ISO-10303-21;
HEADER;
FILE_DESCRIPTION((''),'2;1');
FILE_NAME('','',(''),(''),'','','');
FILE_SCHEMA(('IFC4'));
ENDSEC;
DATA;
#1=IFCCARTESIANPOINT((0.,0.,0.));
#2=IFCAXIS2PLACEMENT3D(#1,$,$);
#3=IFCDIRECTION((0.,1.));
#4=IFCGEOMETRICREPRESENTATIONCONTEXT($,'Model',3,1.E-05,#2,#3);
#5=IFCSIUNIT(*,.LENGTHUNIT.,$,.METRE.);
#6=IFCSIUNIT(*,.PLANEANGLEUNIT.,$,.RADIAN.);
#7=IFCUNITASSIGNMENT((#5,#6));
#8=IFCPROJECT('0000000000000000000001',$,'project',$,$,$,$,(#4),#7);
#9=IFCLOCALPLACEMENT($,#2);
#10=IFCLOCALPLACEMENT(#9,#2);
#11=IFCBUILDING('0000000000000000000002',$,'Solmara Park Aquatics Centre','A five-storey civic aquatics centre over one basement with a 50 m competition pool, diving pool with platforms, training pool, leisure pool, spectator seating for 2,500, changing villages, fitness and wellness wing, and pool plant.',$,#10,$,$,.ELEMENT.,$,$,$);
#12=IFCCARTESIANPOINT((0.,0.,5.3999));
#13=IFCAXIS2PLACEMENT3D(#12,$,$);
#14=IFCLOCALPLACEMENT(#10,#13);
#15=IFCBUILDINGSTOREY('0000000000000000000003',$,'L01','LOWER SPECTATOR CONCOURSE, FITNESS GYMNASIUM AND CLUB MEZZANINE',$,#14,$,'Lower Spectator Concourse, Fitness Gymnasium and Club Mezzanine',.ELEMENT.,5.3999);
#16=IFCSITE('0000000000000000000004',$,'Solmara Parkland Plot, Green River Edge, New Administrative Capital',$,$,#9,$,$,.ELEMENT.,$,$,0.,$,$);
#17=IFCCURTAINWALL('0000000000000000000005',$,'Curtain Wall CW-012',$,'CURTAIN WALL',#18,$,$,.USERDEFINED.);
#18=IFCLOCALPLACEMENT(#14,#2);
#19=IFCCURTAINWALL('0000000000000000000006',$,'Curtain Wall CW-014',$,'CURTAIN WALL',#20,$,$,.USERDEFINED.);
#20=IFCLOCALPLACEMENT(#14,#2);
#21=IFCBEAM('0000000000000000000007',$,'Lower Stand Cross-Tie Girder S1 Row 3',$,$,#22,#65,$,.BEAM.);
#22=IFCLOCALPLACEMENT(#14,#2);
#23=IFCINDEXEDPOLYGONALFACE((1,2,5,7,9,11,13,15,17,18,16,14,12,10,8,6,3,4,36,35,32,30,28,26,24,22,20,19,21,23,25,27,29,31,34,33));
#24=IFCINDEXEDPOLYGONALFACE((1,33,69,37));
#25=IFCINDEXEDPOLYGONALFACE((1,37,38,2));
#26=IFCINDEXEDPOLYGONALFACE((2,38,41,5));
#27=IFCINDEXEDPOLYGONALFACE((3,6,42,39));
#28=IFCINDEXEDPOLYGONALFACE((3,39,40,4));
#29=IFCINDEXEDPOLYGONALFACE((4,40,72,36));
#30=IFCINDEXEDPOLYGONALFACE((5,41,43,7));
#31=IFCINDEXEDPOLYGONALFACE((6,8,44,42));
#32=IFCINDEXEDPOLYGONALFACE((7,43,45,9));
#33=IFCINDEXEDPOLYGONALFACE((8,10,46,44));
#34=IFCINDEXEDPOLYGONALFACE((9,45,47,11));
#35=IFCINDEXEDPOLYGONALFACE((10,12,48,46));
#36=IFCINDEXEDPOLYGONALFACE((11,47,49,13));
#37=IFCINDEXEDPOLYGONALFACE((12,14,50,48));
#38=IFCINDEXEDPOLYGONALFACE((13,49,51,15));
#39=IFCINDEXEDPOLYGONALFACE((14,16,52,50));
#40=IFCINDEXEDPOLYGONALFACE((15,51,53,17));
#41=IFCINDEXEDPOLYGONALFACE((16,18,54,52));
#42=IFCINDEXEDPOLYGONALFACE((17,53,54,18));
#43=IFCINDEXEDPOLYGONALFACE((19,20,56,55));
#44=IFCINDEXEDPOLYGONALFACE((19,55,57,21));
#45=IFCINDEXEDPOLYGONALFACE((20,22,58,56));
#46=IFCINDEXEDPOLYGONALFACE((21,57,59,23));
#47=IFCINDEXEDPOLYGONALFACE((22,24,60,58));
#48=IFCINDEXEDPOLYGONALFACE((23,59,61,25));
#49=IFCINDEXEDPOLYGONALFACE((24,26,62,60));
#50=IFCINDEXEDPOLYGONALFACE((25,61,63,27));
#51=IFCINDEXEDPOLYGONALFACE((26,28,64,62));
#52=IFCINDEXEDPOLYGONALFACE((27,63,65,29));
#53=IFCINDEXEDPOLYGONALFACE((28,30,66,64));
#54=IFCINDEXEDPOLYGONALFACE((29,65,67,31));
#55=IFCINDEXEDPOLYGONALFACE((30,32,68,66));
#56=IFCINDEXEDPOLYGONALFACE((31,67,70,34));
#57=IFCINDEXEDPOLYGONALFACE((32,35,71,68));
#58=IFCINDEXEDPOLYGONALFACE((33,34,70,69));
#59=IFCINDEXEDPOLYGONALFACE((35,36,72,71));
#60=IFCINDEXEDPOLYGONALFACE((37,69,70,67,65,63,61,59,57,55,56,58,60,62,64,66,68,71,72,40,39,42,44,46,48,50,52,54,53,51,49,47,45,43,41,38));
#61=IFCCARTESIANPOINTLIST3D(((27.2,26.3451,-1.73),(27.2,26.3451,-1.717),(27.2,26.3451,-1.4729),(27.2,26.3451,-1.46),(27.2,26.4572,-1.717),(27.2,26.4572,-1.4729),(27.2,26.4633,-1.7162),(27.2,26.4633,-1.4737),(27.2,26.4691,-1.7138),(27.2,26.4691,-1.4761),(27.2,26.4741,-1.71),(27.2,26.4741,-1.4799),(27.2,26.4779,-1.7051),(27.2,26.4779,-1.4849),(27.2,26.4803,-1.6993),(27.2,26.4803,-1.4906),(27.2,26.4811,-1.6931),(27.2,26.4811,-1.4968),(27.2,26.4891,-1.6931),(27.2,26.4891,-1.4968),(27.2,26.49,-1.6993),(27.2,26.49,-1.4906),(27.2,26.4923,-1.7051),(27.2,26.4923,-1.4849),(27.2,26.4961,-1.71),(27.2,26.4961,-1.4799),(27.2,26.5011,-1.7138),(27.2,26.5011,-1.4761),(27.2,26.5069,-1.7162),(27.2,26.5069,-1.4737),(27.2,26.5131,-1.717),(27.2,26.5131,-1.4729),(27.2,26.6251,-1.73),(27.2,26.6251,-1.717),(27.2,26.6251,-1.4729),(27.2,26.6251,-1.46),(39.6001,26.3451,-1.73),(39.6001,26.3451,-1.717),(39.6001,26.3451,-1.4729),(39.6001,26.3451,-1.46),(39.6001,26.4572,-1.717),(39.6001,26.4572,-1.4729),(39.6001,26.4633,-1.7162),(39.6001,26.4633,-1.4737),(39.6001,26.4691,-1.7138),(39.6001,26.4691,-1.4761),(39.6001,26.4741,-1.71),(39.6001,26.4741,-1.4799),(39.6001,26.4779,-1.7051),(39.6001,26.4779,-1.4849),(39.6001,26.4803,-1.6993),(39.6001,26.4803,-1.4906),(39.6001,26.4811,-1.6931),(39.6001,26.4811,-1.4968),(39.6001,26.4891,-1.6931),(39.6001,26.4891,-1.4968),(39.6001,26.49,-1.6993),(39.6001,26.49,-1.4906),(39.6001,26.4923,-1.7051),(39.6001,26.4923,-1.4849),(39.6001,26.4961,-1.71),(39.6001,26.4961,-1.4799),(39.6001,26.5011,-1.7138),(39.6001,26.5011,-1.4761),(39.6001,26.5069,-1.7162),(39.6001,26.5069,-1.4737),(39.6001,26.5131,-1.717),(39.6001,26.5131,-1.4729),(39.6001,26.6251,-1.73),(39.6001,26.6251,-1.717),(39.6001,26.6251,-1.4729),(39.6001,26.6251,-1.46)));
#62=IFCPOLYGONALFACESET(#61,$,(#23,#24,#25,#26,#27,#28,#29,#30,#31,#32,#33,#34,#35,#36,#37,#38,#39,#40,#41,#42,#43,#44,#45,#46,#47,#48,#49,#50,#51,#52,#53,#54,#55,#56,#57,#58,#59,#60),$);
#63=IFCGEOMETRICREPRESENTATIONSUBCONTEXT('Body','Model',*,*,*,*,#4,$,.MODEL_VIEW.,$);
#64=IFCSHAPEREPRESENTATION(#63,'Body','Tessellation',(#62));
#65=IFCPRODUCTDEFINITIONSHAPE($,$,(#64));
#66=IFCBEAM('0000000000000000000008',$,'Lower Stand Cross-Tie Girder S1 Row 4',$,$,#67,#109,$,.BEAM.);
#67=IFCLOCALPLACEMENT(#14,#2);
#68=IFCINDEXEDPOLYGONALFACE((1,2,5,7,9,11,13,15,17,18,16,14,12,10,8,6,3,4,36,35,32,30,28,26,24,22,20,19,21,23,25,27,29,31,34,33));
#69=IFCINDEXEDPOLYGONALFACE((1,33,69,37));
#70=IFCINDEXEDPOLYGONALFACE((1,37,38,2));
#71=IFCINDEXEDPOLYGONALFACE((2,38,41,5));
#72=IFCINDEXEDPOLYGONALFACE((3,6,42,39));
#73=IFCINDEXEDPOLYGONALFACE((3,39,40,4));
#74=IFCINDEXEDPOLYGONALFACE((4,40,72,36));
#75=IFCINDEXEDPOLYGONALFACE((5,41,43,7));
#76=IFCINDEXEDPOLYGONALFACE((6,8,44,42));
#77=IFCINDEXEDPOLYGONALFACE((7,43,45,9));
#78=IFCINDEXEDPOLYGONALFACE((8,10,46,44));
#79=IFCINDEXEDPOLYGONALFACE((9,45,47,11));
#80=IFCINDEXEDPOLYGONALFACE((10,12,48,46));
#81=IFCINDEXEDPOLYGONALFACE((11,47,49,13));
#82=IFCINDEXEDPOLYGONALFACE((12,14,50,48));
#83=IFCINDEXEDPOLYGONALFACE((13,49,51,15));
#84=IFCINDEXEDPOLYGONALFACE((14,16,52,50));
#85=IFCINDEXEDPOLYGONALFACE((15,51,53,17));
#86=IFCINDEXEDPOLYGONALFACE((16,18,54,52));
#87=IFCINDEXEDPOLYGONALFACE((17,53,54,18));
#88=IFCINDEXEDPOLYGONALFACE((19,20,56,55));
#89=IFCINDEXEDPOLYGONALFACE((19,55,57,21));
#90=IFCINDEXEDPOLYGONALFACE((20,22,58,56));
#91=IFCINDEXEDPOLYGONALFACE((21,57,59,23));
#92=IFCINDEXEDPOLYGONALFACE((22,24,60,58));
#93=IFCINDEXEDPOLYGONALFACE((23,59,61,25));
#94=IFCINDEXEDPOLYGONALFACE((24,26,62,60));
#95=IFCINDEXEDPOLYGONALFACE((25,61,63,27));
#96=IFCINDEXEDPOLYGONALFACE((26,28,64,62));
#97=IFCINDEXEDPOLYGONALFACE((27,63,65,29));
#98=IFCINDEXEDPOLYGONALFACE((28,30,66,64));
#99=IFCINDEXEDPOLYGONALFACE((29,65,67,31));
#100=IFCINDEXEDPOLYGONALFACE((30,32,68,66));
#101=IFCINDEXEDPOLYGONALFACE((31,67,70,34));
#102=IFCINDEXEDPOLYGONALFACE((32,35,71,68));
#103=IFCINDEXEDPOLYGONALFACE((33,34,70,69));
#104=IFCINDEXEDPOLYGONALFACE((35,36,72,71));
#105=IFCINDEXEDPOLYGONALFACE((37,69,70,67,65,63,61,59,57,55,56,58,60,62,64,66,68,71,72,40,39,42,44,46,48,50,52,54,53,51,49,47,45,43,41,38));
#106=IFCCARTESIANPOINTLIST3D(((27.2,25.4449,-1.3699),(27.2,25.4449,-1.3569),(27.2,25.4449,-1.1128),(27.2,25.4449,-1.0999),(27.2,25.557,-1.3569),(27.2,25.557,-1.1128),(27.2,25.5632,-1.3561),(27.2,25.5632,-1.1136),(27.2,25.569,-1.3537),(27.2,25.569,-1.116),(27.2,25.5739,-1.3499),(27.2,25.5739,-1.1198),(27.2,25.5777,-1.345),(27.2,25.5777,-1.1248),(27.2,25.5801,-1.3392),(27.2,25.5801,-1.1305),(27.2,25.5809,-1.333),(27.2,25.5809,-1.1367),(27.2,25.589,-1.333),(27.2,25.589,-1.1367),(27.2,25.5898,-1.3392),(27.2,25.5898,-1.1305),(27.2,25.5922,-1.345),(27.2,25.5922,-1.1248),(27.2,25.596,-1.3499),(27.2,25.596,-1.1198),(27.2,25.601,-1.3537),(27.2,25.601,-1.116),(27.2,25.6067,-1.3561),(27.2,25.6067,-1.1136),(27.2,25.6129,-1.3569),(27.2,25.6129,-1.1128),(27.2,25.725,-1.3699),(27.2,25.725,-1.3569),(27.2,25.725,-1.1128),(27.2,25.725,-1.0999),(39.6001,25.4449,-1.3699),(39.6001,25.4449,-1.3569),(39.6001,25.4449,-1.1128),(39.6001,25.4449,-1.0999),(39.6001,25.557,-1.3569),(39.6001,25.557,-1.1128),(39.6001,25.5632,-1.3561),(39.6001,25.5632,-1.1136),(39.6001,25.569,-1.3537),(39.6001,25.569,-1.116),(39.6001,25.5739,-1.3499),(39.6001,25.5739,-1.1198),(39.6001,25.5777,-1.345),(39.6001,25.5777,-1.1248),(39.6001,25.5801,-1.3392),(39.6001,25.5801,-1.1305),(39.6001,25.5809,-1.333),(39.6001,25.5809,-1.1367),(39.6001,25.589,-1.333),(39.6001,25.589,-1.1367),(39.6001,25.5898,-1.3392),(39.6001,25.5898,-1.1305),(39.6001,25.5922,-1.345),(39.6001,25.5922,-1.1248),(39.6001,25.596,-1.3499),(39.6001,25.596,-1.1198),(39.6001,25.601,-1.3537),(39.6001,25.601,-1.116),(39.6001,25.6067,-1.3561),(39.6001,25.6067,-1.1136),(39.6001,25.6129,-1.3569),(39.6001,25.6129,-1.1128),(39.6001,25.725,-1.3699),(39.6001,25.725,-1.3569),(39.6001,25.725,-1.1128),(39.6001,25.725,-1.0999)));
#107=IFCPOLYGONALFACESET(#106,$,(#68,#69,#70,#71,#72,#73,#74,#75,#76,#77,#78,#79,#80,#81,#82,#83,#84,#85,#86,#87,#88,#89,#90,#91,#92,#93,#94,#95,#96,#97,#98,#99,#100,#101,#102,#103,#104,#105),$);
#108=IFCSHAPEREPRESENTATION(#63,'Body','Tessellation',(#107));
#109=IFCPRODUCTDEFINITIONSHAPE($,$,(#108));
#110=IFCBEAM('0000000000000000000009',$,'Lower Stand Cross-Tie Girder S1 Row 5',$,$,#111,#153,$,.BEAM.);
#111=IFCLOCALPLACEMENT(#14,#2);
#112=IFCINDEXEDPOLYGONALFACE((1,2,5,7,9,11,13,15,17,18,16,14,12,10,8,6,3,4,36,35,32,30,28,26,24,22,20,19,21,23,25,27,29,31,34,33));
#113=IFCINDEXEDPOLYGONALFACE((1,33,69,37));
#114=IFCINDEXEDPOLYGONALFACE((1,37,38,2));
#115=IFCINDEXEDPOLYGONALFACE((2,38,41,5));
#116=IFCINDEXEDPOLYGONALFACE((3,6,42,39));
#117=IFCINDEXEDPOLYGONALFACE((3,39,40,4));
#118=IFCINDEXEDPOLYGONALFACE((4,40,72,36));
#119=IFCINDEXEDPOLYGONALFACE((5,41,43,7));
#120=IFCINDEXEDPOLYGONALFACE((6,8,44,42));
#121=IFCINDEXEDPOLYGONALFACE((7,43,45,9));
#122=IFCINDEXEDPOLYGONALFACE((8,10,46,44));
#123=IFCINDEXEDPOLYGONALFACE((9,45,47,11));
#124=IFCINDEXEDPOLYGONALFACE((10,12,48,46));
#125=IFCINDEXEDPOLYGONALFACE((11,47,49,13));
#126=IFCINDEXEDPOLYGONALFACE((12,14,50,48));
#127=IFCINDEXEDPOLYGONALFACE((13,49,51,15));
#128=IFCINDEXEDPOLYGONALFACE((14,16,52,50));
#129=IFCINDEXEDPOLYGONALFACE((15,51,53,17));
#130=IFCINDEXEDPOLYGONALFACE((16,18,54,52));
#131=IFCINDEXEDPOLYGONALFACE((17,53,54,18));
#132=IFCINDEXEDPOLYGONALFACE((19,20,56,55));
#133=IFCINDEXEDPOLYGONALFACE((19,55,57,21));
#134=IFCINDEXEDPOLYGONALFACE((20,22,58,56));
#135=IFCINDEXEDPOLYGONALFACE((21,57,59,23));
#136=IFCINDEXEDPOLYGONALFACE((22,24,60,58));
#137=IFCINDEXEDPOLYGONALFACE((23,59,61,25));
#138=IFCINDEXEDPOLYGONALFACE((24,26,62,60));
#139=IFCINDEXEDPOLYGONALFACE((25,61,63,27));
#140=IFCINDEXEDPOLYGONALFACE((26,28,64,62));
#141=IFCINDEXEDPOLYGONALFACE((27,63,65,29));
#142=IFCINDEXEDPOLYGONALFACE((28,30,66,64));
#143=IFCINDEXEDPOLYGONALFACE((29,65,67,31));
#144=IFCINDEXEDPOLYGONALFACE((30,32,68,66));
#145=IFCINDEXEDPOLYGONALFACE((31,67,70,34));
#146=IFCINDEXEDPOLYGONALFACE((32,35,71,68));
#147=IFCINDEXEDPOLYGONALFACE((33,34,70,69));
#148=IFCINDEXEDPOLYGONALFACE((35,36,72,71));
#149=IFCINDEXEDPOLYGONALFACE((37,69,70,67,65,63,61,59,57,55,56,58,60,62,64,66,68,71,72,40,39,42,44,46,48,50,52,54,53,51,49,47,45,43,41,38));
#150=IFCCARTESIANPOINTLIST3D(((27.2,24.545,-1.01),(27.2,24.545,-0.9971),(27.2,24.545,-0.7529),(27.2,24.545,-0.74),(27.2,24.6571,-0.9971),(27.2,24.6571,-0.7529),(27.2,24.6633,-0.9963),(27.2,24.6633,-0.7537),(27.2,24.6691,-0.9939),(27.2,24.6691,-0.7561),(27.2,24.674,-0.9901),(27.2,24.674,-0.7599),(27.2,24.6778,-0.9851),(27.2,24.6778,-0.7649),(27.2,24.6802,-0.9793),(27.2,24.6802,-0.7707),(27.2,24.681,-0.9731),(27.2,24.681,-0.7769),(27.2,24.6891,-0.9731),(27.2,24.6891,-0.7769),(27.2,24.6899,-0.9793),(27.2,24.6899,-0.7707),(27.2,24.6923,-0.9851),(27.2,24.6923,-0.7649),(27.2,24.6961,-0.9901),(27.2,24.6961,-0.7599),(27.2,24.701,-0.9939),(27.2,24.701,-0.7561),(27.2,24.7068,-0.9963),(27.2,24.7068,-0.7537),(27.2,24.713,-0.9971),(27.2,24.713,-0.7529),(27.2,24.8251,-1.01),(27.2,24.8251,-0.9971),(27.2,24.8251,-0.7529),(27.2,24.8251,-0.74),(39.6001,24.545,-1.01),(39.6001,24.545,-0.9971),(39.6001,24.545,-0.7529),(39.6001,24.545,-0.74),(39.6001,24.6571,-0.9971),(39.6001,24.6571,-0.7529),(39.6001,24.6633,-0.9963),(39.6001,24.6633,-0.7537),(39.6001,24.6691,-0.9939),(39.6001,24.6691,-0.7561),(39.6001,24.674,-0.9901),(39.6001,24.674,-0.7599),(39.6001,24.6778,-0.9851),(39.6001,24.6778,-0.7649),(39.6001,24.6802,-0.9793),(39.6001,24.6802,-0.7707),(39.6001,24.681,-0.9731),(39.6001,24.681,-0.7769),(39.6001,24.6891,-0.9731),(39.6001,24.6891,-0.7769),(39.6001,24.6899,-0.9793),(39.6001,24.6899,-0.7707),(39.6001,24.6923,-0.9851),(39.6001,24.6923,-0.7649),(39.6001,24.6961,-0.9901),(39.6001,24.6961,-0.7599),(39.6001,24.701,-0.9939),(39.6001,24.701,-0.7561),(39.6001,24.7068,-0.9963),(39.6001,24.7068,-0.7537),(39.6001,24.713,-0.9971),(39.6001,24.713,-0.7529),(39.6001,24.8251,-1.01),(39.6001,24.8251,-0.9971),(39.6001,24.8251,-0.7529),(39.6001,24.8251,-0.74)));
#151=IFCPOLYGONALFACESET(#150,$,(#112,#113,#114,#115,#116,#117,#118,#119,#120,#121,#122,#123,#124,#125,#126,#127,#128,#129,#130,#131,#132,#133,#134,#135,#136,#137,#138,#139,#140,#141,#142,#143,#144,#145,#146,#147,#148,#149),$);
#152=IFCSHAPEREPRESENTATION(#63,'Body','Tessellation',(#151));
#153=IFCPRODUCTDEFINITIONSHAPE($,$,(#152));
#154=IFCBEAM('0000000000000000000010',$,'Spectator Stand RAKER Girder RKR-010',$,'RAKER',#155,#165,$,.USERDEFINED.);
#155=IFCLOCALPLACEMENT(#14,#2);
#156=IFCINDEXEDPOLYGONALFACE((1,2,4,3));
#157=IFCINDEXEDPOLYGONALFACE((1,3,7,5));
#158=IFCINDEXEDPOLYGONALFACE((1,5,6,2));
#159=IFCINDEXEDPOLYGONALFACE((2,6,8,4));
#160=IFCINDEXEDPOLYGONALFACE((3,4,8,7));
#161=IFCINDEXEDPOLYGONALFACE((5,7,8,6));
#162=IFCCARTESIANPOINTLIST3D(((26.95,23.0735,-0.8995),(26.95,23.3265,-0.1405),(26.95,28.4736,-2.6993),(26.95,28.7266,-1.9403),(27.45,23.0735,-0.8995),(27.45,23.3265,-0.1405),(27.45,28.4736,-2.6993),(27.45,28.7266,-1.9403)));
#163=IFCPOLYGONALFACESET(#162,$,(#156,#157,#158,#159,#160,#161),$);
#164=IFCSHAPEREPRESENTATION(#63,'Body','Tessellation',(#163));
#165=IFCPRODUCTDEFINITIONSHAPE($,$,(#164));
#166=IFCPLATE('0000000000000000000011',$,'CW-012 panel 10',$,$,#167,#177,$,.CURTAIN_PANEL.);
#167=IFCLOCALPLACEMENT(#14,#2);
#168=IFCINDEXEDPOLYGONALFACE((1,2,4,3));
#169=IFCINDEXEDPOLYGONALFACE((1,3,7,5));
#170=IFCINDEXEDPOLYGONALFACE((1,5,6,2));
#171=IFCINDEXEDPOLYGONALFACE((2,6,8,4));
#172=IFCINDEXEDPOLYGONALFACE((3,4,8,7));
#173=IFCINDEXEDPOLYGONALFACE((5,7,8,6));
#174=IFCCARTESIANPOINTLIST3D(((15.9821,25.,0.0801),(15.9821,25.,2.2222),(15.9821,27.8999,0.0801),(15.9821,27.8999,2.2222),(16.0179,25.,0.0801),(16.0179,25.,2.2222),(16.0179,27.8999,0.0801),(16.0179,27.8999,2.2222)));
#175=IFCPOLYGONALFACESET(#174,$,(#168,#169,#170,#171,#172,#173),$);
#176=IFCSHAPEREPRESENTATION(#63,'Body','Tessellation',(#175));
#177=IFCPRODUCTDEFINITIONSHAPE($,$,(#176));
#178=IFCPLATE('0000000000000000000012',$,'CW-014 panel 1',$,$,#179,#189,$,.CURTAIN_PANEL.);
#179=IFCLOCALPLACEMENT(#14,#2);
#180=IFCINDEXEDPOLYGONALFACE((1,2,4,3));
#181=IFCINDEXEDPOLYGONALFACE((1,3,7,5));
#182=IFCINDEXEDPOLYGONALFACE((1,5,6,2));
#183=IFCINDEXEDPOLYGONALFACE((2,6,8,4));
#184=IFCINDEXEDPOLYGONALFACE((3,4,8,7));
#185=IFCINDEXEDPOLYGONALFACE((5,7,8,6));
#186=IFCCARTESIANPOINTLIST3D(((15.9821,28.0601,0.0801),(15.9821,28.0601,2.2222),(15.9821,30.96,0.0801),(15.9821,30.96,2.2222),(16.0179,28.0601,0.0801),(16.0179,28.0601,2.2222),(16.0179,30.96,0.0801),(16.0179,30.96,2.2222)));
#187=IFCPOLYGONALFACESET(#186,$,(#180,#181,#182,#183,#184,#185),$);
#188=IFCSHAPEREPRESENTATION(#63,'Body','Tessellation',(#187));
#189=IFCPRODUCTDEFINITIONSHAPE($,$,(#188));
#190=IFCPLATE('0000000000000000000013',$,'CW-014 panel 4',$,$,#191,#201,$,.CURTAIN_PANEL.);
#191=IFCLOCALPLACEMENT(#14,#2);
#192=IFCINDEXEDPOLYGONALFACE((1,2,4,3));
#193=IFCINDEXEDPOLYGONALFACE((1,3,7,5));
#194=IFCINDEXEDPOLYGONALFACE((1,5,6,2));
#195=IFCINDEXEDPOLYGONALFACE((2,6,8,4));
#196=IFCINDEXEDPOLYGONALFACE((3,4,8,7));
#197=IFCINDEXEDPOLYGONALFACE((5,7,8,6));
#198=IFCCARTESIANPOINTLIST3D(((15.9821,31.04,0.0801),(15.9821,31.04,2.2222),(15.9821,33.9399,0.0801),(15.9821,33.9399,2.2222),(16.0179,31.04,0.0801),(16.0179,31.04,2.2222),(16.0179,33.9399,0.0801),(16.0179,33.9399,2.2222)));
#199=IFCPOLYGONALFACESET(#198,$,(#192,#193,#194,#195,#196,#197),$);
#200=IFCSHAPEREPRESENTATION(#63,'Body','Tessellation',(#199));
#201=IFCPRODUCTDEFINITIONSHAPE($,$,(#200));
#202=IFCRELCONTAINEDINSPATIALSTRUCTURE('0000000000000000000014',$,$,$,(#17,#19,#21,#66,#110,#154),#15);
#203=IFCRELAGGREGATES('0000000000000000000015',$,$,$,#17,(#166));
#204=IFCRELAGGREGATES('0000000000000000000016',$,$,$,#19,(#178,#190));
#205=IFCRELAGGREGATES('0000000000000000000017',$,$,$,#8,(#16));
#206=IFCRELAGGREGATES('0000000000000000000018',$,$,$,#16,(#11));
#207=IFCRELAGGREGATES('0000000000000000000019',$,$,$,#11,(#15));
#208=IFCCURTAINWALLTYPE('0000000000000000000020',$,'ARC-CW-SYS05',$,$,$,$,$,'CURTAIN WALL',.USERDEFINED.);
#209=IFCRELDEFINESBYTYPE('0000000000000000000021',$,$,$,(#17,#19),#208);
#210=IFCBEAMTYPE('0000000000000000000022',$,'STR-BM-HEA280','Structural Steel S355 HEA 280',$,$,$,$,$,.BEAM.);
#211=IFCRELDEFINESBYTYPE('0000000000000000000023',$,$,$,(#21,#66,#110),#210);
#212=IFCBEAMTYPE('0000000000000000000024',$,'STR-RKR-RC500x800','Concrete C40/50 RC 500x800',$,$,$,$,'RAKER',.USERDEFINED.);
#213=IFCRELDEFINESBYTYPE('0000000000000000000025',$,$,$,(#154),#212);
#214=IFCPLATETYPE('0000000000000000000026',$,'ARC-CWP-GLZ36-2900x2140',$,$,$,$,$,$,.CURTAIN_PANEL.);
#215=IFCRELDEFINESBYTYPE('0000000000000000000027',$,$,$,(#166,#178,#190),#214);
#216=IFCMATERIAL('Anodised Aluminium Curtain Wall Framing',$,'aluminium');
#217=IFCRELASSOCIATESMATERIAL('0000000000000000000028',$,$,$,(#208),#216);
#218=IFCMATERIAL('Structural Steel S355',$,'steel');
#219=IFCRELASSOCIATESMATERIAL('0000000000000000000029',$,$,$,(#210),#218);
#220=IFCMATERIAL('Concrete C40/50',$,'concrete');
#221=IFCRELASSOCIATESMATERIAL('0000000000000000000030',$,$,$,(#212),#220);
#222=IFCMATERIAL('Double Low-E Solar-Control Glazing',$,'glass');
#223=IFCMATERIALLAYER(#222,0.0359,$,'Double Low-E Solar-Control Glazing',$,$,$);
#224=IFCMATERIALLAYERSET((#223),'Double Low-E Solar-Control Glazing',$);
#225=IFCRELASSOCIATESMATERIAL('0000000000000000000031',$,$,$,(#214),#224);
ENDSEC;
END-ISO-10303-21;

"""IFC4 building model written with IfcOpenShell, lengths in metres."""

from ifc_helpers import new_model, si_unit, direction, frame, origin, origin_2d, place, context, subcontext, project, spatial, rectangle, i_section, extrude, material, layer, layer_set, material_profile, profile_set, type_object, element, aggregate, save


model = new_model("IFC4")

# Units and contexts
model_context = context("Model", 3, precision=1e-05, world=origin(), true_north=direction((0.0, 1.0)))
body_context = subcontext(model_context, "Body", "Model", "MODEL_VIEW")
ifc_project = project(units=[si_unit("LENGTHUNIT", "METRE"), si_unit("PLANEANGLEUNIT", "RADIAN")], contexts=[model_context])

# Site, building, storey
site_placement = place(None, origin())
site = spatial("IfcSite", under=ifc_project, at=site_placement, Name="Solmara Parkland Plot, Green River Edge, New Administrative Capital", CompositionType="ELEMENT", RefElevation=0.0)
building_placement = place(site_placement, origin())
building = spatial("IfcBuilding", under=site, at=building_placement, Name="Solmara Park Aquatics Centre", Description="A five-storey civic aquatics centre over one basement with a 50 m competition pool, diving pool with platforms, training pool, leisure pool, spectator seating for 2,500, changing villages, fitness and wellness wing, and pool plant.", CompositionType="ELEMENT")
storey_placement = place(building_placement, frame((0.0, 0.0, 5.3999)))
storey = spatial("IfcBuildingStorey", under=building, at=storey_placement, Name="L01", Description="LOWER SPECTATOR CONCOURSE, FITNESS GYMNASIUM AND CLUB MEZZANINE", LongName="Lower Spectator Concourse, Fitness Gymnasium and Club Mezzanine", CompositionType="ELEMENT", Elevation=5.3999)

# Shared definitions
ifc_material_1 = material(Name="Structural Steel S355", Category="steel")

# Curtain walls
ifc_material_2 = material(Name="Anodised Aluminium Curtain Wall Framing", Category="aluminium")
curtain_wall_type = type_object("IfcCurtainWallType", Name="ARC-CW-SYS05", ElementType="CURTAIN WALL", PredefinedType="USERDEFINED", material=ifc_material_2)
curtain_wall_1_placement = place(storey_placement, origin())
curtain_wall_1 = element("IfcCurtainWall", 1, at=curtain_wall_1_placement, inside=storey, type_object=curtain_wall_type, Name="Curtain Wall CW-012", ObjectType="CURTAIN WALL", PredefinedType="USERDEFINED")
curtain_wall_2_placement = place(storey_placement, origin())
curtain_wall_2 = element("IfcCurtainWall", 2, at=curtain_wall_2_placement, inside=storey, type_object=curtain_wall_type, Name="Curtain Wall CW-014", ObjectType="CURTAIN WALL", PredefinedType="USERDEFINED")

# Beams
ifc_material_profile_1 = material_profile(ifc_material_1, i_section(OverallWidth=0.28, OverallDepth=0.27, WebThickness=0.0081, FlangeThickness=0.0129, FilletRadius=0.0239, at=origin_2d()), Name="HEA 280")
ifc_profile_set_1 = profile_set([ifc_material_profile_1], Name="Structural Steel S355")
beam_type_1 = type_object("IfcBeamType", Name="STR-BM-HEA280", Description="Structural Steel S355 HEA 280", PredefinedType="BEAM", material=ifc_profile_set_1)
for number, where, z_axis, x_axis, name in (
    (3, (27.2, 26.4851, -1.595), (1.0, 0.0, 0.0), (0.0, 1.0, 0.0), "Lower Stand Cross-Tie Girder S1 Row 3"),
    (4, (27.2, 25.585, -1.2349), (1.0, 0.0, 0.0), (0.0, 1.0, 0.0), "Lower Stand Cross-Tie Girder S1 Row 4"),
    (5, (27.2, 24.6851, -0.875), (1.0, 0.0, 0.0), (0.0, 1.0, 0.0), "Lower Stand Cross-Tie Girder S1 Row 5"),
):
    element("IfcBeam", number, at=place(storey_placement, frame(where, z_axis=z_axis, x_axis=x_axis)), inside=storey, type_object=beam_type_1, Name=name, PredefinedType="BEAM", context=body_context, shape_type="SweptSolid", body=[
        extrude(i_section(OverallWidth=0.28, OverallDepth=0.27, WebThickness=0.0081, FlangeThickness=0.0129, FilletRadius=0.0239, at=origin_2d()), origin(), (0.0, 0.0, 1.0), 12.4001),
    ])
ifc_material_3 = material(Name="Concrete C40/50", Category="concrete")
ifc_material_profile_2 = material_profile(ifc_material_3, rectangle(XDim=0.5, YDim=0.8, at=origin_2d()), Name="RC 500x800")
ifc_profile_set_2 = profile_set([ifc_material_profile_2], Name="Concrete C40/50")
beam_type_2 = type_object("IfcBeamType", Name="STR-RKR-RC500x800", Description="Concrete C40/50 RC 500x800", ElementType="RAKER", PredefinedType="USERDEFINED", material=ifc_profile_set_2)
beam_placement = place(storey_placement, frame((27.2, 28.6001, -2.3198), z_axis=(0.0, -0.948696, 0.316189), x_axis=(1.0, 0.0, 0.0)))
element("IfcBeam", 6, at=beam_placement, inside=storey, type_object=beam_type_2, Name="Spectator Stand RAKER Girder RKR-010", ObjectType="RAKER", PredefinedType="USERDEFINED", context=body_context, shape_type="SweptSolid", body=[
    extrude(rectangle(XDim=0.5, YDim=0.8, at=origin_2d()), origin(), (0.0, 0.0, 1.0), 5.6921),
])

# Plates
ifc_material_4 = material(Name="Double Low-E Solar-Control Glazing", Category="glass")
ifc_layer_1 = layer(ifc_material_4, 0.0359, Name="Double Low-E Solar-Control Glazing")
ifc_layer_set_1 = layer_set([ifc_layer_1], Name="Double Low-E Solar-Control Glazing")
plate_type_1 = type_object("IfcPlateType", Name="ARC-CWP-GLZ36-2900x2140", PredefinedType="CURTAIN_PANEL", material=ifc_layer_set_1)
plate_1_placement = place(storey_placement, frame((16.0, 26.45, 0.0801), z_axis=(0.0, 0.0, 1.0), x_axis=(0.0, 1.0, 0.0)))
plate_1 = element("IfcPlate", 7, at=plate_1_placement, type_object=plate_type_1, Name="CW-012 panel 10", PredefinedType="CURTAIN_PANEL", context=body_context, shape_type="SweptSolid", body=[
    extrude(rectangle(XDim=2.8999, YDim=0.0359, at=origin_2d()), origin(), (0.0, 0.0, 1.0), 2.1421),
])
plate_2_placement = place(storey_placement, frame((16.0, 29.51, 0.0801), z_axis=(0.0, 0.0, 1.0), x_axis=(0.0, 1.0, 0.0)))
plate_2 = element("IfcPlate", 8, at=plate_2_placement, type_object=plate_type_1, Name="CW-014 panel 1", PredefinedType="CURTAIN_PANEL", context=body_context, shape_type="SweptSolid", body=[
    extrude(rectangle(XDim=2.8999, YDim=0.0359, at=origin_2d()), origin(), (0.0, 0.0, 1.0), 2.1421),
])
plate_3_placement = place(storey_placement, frame((16.0, 32.49, 0.0801), z_axis=(0.0, 0.0, 1.0), x_axis=(0.0, 1.0, 0.0)))
plate_3 = element("IfcPlate", 9, at=plate_3_placement, type_object=plate_type_1, Name="CW-014 panel 4", PredefinedType="CURTAIN_PANEL", context=body_context, shape_type="SweptSolid", body=[
    extrude(rectangle(XDim=2.8999, YDim=0.0359, at=origin_2d()), origin(), (0.0, 0.0, 1.0), 2.1421),
])
aggregate(curtain_wall_1, [plate_1])
aggregate(curtain_wall_2, [plate_2, plate_3])

save(model, "model.ifc")
